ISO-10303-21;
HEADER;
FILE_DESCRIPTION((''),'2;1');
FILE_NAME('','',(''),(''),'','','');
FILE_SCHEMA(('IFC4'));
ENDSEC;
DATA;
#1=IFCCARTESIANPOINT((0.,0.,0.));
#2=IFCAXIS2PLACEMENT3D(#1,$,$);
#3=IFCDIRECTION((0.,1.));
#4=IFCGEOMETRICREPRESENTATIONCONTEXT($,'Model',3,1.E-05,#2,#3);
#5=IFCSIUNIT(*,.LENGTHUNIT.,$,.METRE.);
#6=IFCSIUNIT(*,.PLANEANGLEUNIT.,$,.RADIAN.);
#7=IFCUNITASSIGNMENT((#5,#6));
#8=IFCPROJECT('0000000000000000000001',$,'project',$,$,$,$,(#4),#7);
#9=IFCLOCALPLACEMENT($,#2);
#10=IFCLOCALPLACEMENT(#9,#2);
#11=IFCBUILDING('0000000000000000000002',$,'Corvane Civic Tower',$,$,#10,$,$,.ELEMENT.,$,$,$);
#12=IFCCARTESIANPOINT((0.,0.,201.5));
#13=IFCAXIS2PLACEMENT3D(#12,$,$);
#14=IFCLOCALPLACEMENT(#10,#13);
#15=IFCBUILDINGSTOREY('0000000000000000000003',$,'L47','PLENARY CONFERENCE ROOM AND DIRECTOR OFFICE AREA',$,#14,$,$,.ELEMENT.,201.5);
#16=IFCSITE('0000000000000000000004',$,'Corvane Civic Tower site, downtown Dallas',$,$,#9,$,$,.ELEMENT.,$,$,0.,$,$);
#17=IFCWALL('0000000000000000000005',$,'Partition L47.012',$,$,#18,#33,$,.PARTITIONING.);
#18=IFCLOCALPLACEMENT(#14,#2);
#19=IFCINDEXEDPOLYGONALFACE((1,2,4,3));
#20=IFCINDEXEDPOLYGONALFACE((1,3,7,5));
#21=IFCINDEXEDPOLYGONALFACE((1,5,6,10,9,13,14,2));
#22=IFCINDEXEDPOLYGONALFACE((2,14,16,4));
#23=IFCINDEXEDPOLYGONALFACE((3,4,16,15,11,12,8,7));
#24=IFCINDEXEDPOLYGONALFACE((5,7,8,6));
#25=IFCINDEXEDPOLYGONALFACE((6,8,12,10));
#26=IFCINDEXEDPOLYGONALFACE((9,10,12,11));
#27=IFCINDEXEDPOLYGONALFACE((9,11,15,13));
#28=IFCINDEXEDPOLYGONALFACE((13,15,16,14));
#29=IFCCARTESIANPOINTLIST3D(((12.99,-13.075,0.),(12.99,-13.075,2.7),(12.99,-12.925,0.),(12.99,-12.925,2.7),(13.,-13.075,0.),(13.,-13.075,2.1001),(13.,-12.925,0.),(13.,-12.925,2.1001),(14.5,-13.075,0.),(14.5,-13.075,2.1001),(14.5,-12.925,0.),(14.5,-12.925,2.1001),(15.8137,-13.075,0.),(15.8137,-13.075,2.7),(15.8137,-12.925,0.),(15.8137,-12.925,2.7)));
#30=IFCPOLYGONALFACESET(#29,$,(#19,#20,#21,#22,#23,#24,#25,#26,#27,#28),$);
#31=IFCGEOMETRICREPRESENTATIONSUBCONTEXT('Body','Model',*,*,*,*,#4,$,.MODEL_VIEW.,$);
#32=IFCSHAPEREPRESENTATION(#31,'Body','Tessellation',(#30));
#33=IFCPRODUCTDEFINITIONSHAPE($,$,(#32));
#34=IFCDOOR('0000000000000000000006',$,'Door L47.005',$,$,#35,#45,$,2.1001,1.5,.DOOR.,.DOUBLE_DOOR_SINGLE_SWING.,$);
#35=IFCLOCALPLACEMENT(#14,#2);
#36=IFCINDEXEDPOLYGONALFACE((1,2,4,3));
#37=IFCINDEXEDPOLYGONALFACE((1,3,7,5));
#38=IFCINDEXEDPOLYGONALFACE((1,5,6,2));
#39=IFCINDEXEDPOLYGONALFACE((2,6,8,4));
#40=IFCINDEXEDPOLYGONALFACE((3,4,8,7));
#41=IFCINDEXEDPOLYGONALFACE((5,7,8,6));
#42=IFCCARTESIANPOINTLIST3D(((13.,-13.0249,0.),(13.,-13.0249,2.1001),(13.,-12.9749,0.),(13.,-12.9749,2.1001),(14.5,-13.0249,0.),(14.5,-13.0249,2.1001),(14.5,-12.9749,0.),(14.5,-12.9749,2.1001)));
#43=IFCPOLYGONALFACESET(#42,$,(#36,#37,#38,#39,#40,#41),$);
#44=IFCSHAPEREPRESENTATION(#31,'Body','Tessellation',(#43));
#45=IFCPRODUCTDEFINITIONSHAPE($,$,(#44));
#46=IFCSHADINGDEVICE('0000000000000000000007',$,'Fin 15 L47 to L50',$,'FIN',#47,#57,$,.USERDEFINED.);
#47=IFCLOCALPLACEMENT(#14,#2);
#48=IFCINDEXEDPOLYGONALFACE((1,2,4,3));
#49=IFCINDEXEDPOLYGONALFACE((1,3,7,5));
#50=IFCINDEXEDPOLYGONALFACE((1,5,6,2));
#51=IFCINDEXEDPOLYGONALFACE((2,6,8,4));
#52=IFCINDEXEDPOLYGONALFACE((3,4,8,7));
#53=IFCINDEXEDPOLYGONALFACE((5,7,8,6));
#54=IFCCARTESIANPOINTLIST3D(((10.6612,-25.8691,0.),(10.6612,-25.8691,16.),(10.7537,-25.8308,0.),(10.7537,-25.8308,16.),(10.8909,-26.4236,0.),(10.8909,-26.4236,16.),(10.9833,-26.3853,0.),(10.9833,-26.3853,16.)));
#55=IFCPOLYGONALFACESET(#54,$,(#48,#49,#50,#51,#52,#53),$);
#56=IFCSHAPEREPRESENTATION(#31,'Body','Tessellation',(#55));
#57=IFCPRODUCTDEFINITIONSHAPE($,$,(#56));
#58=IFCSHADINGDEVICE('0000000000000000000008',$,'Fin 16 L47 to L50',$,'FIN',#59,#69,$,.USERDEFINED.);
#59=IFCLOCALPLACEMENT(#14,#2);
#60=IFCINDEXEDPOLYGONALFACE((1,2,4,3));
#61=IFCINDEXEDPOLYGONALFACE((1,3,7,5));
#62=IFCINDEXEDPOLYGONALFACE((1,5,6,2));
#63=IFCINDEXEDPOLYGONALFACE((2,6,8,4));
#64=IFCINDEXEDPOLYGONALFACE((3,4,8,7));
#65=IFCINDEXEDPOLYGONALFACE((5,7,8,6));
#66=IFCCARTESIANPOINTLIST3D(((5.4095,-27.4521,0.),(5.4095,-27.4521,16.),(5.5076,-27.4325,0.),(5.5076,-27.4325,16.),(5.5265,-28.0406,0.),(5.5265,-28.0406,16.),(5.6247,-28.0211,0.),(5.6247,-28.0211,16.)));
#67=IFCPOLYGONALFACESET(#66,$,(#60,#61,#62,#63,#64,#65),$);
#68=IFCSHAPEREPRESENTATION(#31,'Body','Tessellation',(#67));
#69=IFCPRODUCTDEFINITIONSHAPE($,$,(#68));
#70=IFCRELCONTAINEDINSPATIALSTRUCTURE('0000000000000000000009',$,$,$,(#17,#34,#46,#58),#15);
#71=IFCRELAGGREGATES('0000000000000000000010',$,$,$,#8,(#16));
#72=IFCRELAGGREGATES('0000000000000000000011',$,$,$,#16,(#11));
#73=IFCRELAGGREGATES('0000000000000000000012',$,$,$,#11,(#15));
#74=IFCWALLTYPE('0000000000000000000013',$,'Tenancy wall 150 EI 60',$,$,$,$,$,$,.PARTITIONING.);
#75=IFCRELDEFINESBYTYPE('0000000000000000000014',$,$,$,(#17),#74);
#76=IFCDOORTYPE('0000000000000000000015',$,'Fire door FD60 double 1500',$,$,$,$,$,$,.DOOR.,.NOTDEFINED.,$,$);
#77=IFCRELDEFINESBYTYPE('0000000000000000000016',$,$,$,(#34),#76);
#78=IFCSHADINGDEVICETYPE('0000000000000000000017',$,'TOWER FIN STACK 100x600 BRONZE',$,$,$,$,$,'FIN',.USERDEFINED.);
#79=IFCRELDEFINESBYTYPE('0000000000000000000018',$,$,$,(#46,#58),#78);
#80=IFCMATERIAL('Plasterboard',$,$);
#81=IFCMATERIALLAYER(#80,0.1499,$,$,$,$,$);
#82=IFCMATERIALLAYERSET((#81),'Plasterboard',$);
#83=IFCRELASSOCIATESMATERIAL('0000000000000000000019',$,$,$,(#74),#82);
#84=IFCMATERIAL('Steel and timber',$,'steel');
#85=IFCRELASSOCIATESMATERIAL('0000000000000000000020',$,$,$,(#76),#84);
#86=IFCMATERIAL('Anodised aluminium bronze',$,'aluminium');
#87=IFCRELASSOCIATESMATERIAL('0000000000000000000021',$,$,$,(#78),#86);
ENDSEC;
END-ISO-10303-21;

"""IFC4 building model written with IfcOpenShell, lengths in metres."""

from ifc_helpers import new_model, si_unit, direction, frame, frame_2d, origin, origin_2d, place, context, subcontext, project, spatial, rectangle, extrude, material, layer, layer_set, material_profile, profile_set, type_object, element, fill, save


model = new_model("IFC4")

# Units and contexts
model_context = context("Model", 3, precision=1e-05, world=origin(), true_north=direction((0.0, 1.0)))
body_context = subcontext(model_context, "Body", "Model", "MODEL_VIEW")
ifc_project = project(units=[si_unit("LENGTHUNIT", "METRE"), si_unit("PLANEANGLEUNIT", "RADIAN")], contexts=[model_context])

# Site, building, storey
site_placement = place(None, origin())
site = spatial("IfcSite", under=ifc_project, at=site_placement, Name="Corvane Civic Tower site, downtown Dallas", CompositionType="ELEMENT", RefElevation=0.0)
building_placement = place(site_placement, origin())
building = spatial("IfcBuilding", under=site, at=building_placement, Name="Corvane Civic Tower", CompositionType="ELEMENT")
storey_placement = place(building_placement, frame((0.0, 0.0, 201.5)))
storey = spatial("IfcBuildingStorey", under=building, at=storey_placement, Name="L47", Description="PLENARY CONFERENCE ROOM AND DIRECTOR OFFICE AREA", CompositionType="ELEMENT", Elevation=201.5)

# Wall, opening, door
ifc_material_1 = material(Name="Plasterboard")
ifc_layer_1 = layer(ifc_material_1, 0.1499)
ifc_layer_set_1 = layer_set([ifc_layer_1], Name="Plasterboard")
wall_type_1 = type_object("IfcWallType", Name="Tenancy wall 150 EI 60", PredefinedType="PARTITIONING", material=ifc_layer_set_1)
wall_1_placement = place(storey_placement, frame((12.99, -13.0, 0.0), z_axis=(0.0, 0.0, 1.0), x_axis=(1.0, 0.0, 0.0)))
wall_1 = element("IfcWall", 1, at=wall_1_placement, inside=storey, type_object=wall_type_1, Name="Partition L47.012", PredefinedType="PARTITIONING", context=body_context, shape_type="SweptSolid", body=[
    extrude(rectangle(XDim=2.8237, YDim=0.1499, at=frame_2d((1.4119, 0.0))), origin(), (0.0, 0.0, 1.0), 2.7),
])
opening_1_placement = place(wall_1_placement, frame((0.01, 0.0, 0.0)))
opening_1 = element("IfcOpeningElement", 2, at=opening_1_placement, cuts=wall_1, PredefinedType="OPENING", context=body_context, shape_type="SweptSolid", body=[
    extrude(rectangle(XDim=1.5, YDim=2.1001, at=frame_2d((0.75, 1.05))), frame((0.0, 0.085, 0.0), z_axis=(0.0, -1.0, 0.0), x_axis=(1.0, 0.0, 0.0)), (0.0, 0.0, 1.0), 0.1699),
])
ifc_material_2 = material(Name="Steel and timber", Category="steel")
door_type_1 = type_object("IfcDoorType", Name="Fire door FD60 double 1500", OperationType="NOTDEFINED", PredefinedType="DOOR", material=ifc_material_2)
door_1_placement = place(opening_1_placement, frame((1.5, 0.0, 0.0), z_axis=(0.0, 0.0, 1.0), x_axis=(-1.0, 0.0, 0.0)))
door_1 = element("IfcDoor", 3, at=door_1_placement, inside=storey, type_object=door_type_1, Name="Door L47.005", OperationType="DOUBLE_DOOR_SINGLE_SWING", OverallHeight=2.1001, OverallWidth=1.5, PredefinedType="DOOR", context=body_context, shape_type="SweptSolid", body=[
    extrude(rectangle(XDim=1.5, YDim=2.1001, at=frame_2d((0.75, 1.05))), frame((0.0, 0.0249, 0.0), z_axis=(0.0, -1.0, 0.0), x_axis=(1.0, 0.0, 0.0)), (0.0, 0.0, 1.0), 0.05),
])
fill(opening_1, door_1)

# Shading devices
ifc_material_3 = material(Name="Anodised aluminium bronze", Category="aluminium")
ifc_material_profile_1 = material_profile(ifc_material_3, rectangle(XDim=0.1001, YDim=0.6001, at=origin_2d()), Name="TOWER FIN STACK 100x600 BRONZE")
ifc_profile_set_1 = profile_set([ifc_material_profile_1], Name="Anodised aluminium bronze")
shading_device_type = type_object("IfcShadingDeviceType", Name="TOWER FIN STACK 100x600 BRONZE", ElementType="FIN", PredefinedType="USERDEFINED", material=ifc_profile_set_1)
for number, where, z_axis, x_axis, name in (
    (4, (10.8223, -26.1272, 0.0), (0.0, 0.0, 1.0), (-0.92388, -0.382683, 0.0), "Fin 15 L47 to L50"),
    (5, (5.5171, -27.7366, 0.0), (0.0, 0.0, 1.0), (-0.980785, -0.19509, 0.0), "Fin 16 L47 to L50"),
):
    element("IfcShadingDevice", number, at=place(storey_placement, frame(where, z_axis=z_axis, x_axis=x_axis)), inside=storey, type_object=shading_device_type, Name=name, ObjectType="FIN", PredefinedType="USERDEFINED", context=body_context, shape_type="SweptSolid", body=[
        extrude(rectangle(XDim=0.1001, YDim=0.6001, at=origin_2d()), origin(), (0.0, 0.0, 1.0), 16.0),
    ])

save(model, "model.ifc")
